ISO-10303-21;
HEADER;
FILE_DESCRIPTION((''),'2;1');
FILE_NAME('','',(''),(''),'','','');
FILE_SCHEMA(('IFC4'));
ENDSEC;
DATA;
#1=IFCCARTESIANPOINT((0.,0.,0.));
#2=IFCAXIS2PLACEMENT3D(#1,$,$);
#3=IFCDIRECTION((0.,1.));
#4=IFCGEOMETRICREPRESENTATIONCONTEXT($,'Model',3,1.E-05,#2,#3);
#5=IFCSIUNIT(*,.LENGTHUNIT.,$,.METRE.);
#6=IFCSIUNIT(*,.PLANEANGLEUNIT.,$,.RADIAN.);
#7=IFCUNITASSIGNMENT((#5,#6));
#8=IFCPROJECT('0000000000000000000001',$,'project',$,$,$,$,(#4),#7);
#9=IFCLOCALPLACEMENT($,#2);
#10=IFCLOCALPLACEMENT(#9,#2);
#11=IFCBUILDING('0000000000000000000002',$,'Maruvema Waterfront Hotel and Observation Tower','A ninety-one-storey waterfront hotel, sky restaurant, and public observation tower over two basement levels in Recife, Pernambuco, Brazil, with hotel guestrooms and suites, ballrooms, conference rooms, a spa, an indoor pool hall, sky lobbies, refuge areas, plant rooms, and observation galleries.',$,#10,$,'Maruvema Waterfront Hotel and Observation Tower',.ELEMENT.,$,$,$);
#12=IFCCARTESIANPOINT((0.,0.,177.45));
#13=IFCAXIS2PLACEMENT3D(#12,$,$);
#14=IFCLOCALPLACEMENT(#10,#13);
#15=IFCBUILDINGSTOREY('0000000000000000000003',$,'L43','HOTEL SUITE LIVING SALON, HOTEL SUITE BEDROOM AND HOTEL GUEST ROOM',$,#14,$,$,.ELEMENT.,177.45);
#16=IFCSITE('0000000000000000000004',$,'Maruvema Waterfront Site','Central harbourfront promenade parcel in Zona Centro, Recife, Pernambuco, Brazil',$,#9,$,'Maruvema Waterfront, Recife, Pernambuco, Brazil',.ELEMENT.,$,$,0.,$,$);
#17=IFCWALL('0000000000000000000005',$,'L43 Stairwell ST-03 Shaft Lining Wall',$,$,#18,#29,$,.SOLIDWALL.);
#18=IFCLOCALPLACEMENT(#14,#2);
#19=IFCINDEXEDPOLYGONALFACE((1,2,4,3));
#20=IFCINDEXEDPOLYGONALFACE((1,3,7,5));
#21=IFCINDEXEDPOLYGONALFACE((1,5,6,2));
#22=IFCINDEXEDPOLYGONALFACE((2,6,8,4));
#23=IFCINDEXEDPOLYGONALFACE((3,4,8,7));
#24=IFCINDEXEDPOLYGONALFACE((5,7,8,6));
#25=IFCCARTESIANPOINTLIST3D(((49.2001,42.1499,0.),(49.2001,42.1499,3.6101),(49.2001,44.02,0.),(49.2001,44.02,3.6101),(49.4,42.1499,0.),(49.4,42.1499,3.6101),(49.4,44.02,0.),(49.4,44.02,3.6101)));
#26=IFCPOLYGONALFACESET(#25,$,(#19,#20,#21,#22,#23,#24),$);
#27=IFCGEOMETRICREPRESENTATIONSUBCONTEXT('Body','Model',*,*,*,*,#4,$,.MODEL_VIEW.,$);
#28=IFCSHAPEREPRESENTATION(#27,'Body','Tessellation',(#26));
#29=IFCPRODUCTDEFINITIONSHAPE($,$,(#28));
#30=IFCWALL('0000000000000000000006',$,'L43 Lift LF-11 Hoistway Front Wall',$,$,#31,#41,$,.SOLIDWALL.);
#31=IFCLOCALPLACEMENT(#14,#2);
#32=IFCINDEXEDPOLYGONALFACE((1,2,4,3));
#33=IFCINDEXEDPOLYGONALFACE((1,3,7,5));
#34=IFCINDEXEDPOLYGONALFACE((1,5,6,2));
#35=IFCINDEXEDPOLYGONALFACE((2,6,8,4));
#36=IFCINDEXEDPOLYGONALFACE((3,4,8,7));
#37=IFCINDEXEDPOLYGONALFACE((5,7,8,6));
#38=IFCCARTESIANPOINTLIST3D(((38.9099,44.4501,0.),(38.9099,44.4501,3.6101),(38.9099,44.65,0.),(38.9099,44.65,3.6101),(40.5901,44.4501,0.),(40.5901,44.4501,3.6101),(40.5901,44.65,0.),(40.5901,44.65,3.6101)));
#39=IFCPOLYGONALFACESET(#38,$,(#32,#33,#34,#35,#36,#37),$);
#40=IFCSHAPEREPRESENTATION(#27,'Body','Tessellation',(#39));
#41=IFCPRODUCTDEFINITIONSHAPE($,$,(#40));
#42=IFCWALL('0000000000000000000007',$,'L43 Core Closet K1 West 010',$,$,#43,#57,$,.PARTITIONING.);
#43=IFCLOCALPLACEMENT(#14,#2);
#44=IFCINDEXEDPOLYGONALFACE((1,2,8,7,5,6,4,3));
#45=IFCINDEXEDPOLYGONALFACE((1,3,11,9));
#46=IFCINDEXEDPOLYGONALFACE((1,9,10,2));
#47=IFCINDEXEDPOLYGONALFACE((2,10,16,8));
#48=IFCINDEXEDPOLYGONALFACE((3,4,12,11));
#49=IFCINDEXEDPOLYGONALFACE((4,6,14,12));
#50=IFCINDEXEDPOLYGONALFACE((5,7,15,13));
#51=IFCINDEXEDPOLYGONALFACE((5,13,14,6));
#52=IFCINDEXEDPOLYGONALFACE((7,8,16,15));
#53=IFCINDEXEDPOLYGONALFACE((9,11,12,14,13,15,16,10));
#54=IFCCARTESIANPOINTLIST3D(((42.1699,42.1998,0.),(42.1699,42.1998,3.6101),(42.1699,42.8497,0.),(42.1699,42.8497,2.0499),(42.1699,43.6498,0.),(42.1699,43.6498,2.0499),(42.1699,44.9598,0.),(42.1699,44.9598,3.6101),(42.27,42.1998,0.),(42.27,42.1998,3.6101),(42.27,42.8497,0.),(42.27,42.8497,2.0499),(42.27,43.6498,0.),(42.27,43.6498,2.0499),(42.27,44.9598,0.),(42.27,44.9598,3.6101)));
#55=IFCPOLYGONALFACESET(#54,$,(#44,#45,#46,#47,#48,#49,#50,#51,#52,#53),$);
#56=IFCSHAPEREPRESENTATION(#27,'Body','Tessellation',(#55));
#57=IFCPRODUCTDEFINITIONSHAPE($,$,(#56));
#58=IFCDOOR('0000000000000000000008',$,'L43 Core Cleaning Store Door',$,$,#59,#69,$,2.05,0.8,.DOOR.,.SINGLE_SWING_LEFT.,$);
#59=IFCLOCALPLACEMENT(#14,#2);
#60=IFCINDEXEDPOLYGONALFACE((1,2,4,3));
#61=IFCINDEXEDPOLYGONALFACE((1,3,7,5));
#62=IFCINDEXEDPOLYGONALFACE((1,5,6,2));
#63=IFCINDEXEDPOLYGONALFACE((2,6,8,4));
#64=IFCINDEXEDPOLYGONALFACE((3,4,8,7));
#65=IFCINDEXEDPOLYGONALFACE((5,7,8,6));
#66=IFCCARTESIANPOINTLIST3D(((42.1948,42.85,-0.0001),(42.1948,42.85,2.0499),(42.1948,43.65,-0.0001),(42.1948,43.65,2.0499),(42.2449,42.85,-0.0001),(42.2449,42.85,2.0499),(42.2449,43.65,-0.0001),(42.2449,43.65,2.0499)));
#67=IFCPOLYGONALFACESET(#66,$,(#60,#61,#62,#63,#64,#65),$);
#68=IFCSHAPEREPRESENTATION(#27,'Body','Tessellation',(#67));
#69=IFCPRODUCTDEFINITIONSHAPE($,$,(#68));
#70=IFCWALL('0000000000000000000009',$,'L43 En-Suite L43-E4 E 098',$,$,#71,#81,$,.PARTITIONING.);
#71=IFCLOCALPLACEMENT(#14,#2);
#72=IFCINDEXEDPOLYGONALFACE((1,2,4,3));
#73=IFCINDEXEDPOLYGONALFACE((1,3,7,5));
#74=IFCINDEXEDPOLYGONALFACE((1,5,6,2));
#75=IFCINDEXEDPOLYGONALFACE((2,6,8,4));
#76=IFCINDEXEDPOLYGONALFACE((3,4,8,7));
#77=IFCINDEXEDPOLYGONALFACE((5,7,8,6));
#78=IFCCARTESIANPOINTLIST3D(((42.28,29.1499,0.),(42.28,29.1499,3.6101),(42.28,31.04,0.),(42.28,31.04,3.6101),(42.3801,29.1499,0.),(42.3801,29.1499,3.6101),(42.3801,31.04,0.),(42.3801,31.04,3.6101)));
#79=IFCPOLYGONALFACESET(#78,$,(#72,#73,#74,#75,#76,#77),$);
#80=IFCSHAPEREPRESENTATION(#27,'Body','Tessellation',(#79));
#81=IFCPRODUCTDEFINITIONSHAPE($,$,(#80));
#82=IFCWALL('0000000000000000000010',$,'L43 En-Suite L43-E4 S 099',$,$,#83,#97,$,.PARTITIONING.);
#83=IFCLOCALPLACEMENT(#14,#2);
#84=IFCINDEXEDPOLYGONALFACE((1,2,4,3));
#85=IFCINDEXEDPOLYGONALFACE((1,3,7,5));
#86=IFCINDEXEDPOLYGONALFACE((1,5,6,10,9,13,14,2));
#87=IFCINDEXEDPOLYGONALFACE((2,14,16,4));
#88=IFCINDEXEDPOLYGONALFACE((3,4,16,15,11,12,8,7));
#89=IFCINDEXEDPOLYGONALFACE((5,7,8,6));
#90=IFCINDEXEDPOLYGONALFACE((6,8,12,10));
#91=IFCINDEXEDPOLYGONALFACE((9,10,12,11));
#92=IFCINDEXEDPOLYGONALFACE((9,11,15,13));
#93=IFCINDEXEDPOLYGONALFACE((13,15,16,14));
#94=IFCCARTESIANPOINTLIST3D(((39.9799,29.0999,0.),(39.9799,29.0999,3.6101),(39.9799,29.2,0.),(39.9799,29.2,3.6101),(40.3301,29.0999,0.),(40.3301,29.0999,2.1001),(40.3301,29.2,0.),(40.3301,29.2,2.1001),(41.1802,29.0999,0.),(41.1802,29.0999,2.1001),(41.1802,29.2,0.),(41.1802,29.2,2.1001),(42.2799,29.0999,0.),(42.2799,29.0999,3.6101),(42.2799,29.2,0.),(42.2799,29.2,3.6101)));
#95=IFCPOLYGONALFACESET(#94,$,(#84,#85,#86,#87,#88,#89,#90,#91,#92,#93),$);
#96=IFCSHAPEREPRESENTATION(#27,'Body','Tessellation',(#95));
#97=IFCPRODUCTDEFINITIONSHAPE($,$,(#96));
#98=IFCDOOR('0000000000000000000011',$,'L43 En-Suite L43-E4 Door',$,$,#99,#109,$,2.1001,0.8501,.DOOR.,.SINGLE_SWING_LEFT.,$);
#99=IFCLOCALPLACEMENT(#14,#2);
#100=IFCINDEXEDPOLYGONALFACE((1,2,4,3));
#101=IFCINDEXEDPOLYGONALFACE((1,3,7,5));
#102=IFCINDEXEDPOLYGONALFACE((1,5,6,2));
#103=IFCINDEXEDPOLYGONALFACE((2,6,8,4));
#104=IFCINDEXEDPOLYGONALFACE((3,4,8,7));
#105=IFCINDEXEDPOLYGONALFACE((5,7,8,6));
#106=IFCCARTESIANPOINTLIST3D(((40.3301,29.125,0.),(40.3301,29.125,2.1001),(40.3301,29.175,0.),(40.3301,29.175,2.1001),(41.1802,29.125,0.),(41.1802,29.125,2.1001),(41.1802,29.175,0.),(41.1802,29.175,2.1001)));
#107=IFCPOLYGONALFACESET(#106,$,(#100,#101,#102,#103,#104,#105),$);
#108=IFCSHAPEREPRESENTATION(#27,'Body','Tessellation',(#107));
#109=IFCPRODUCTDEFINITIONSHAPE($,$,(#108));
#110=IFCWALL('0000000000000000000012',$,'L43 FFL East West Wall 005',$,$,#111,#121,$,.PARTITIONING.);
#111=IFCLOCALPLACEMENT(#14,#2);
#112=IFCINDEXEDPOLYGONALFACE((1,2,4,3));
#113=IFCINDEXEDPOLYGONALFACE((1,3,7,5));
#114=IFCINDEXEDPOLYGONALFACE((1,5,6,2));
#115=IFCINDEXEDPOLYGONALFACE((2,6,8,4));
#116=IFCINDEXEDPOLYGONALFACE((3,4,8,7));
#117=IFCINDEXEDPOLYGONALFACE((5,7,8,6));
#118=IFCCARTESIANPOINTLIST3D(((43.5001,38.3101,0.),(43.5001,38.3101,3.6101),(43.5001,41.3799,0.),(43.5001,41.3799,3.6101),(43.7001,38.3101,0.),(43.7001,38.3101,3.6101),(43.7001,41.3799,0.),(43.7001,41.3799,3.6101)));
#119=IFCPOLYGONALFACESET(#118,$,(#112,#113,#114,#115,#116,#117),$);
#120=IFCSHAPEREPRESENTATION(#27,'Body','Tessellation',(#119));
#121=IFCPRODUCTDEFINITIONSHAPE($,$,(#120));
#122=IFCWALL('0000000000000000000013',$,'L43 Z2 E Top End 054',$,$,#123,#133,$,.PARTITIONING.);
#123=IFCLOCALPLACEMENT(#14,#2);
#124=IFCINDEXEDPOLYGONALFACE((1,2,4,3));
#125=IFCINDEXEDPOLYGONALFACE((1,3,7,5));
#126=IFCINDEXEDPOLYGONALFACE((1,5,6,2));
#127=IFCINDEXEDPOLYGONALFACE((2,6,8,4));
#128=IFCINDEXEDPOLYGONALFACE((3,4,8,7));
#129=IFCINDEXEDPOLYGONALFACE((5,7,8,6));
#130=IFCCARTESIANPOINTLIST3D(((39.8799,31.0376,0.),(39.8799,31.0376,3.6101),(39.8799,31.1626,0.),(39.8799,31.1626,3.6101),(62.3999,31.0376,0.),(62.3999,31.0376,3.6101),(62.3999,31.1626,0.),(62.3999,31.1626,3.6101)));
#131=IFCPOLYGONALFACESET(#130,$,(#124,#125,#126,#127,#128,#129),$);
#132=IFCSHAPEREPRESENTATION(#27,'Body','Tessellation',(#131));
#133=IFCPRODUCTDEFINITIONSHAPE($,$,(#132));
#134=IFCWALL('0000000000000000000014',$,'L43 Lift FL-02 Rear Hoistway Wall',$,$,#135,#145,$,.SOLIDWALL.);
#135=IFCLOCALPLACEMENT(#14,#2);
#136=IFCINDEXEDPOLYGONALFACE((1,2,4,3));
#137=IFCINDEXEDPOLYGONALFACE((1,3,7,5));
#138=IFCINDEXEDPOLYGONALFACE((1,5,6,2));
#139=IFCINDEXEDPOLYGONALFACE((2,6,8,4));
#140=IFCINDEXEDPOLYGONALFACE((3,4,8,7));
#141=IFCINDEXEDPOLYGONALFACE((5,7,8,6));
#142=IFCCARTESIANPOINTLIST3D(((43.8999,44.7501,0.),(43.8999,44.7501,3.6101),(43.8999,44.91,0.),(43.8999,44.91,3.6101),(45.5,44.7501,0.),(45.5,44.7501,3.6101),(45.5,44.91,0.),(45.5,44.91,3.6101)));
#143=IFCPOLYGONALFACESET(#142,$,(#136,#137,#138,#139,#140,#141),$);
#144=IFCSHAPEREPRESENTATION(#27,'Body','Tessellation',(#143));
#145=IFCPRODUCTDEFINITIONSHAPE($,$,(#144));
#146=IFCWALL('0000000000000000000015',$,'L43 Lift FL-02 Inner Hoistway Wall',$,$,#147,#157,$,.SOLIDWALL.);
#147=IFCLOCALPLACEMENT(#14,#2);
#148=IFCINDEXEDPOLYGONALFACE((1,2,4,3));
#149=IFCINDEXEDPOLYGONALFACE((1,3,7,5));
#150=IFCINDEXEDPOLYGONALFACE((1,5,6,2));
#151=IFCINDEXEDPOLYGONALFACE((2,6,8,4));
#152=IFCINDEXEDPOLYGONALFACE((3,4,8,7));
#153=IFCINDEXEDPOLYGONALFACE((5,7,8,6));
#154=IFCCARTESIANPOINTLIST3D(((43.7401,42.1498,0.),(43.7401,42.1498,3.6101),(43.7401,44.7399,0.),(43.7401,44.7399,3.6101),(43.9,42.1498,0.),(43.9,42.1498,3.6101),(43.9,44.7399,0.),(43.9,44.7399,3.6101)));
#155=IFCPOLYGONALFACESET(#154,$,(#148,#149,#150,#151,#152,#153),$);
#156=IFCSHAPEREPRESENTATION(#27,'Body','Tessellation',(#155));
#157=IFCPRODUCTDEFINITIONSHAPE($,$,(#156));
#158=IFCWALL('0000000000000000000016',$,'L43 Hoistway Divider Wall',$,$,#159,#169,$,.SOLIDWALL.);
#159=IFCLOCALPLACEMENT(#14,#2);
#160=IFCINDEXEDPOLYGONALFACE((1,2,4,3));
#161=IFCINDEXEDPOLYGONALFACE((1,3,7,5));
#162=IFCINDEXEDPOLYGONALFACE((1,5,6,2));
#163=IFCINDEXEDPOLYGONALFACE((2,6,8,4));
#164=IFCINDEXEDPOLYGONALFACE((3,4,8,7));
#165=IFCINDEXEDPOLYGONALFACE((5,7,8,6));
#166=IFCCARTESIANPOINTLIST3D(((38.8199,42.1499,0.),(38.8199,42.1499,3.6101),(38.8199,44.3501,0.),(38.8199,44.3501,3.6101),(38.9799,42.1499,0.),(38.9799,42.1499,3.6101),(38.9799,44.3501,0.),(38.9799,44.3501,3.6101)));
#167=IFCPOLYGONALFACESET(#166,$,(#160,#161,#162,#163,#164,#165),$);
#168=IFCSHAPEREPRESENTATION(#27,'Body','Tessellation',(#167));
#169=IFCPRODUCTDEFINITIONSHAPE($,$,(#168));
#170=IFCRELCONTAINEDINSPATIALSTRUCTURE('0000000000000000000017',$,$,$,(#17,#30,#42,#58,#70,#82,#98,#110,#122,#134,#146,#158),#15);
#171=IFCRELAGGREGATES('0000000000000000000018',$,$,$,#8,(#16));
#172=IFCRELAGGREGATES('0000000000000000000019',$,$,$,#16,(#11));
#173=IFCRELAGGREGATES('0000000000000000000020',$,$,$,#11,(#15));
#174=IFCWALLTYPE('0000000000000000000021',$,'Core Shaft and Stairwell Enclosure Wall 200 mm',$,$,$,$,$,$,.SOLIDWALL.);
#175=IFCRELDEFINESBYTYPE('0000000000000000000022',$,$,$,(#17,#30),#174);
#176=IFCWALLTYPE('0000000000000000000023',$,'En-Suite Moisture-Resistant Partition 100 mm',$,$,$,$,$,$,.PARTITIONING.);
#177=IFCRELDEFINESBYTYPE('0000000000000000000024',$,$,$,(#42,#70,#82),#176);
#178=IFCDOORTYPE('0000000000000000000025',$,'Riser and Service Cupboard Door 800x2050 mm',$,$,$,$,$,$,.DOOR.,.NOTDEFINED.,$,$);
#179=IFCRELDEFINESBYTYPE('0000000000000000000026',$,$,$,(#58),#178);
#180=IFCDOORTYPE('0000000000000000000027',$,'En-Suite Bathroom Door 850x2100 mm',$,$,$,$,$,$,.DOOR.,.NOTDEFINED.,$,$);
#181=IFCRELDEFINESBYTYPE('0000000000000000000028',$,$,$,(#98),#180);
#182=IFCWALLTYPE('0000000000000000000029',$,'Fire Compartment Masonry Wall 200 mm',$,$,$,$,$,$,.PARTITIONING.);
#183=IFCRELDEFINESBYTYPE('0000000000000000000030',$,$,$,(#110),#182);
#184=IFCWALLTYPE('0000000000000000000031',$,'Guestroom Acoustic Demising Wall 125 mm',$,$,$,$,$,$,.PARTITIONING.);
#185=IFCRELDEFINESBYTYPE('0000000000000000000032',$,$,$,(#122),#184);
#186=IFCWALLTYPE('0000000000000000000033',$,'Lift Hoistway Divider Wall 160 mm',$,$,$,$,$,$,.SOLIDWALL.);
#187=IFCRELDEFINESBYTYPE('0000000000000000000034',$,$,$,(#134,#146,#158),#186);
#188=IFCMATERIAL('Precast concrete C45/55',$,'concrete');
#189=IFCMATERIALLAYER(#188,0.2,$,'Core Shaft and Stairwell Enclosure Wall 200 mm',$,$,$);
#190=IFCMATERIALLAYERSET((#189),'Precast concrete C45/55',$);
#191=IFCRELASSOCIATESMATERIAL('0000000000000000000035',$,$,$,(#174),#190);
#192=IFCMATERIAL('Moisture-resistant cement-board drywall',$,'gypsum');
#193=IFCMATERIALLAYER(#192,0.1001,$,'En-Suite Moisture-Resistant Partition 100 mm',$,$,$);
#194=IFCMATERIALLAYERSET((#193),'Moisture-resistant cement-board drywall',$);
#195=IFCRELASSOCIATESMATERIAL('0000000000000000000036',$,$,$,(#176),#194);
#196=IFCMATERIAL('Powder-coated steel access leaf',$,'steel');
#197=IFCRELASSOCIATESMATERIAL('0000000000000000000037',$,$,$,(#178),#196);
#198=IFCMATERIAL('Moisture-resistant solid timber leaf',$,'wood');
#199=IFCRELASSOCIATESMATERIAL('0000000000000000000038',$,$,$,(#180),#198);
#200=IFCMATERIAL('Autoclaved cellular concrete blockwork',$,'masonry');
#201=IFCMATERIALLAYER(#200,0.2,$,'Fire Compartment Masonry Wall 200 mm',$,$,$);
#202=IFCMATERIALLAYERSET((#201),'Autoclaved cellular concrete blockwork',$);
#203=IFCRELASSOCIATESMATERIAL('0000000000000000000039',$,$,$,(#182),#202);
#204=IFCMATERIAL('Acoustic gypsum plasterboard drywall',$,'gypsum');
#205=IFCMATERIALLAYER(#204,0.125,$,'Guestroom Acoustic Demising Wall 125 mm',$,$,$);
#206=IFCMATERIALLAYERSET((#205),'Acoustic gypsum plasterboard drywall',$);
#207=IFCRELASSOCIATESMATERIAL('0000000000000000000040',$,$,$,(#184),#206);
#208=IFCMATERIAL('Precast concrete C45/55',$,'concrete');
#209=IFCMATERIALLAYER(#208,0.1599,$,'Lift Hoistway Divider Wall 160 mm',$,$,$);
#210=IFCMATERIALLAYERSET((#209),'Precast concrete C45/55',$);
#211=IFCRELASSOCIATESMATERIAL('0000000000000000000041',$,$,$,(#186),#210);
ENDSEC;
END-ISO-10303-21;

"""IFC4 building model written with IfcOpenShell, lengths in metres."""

from ifc_helpers import new_model, si_unit, direction, frame, frame_2d, origin, place, context, subcontext, project, spatial, rectangle, extrude, material, layer, layer_set, type_object, element, fill, save


model = new_model("IFC4")

# Units and contexts
model_context = context("Model", 3, precision=1e-05, world=origin(), true_north=direction((0.0, 1.0)))
body_context = subcontext(model_context, "Body", "Model", "MODEL_VIEW")
ifc_project = project(units=[si_unit("LENGTHUNIT", "METRE"), si_unit("PLANEANGLEUNIT", "RADIAN")], contexts=[model_context])

# Site, building, storey
site_placement = place(None, origin())
site = spatial("IfcSite", under=ifc_project, at=site_placement, Name="Maruvema Waterfront Site", Description="Central harbourfront promenade parcel in Zona Centro, Recife, Pernambuco, Brazil", LongName="Maruvema Waterfront, Recife, Pernambuco, Brazil", CompositionType="ELEMENT", RefElevation=0.0)
building_placement = place(site_placement, origin())
building = spatial("IfcBuilding", under=site, at=building_placement, Name="Maruvema Waterfront Hotel and Observation Tower", Description="A ninety-one-storey waterfront hotel, sky restaurant, and public observation tower over two basement levels in Recife, Pernambuco, Brazil, with hotel guestrooms and suites, ballrooms, conference rooms, a spa, an indoor pool hall, sky lobbies, refuge areas, plant rooms, and observation galleries.", LongName="Maruvema Waterfront Hotel and Observation Tower", CompositionType="ELEMENT")
storey_placement = place(building_placement, frame((0.0, 0.0, 177.45)))
storey = spatial("IfcBuildingStorey", under=building, at=storey_placement, Name="L43", Description="HOTEL SUITE LIVING SALON, HOTEL SUITE BEDROOM AND HOTEL GUEST ROOM", CompositionType="ELEMENT", Elevation=177.45)

# Walls
ifc_material_1 = material(Name="Precast concrete C45/55", Category="concrete")
ifc_layer_1 = layer(ifc_material_1, 0.2, Name="Core Shaft and Stairwell Enclosure Wall 200 mm")
ifc_layer_set_1 = layer_set([ifc_layer_1], Name="Precast concrete C45/55")
wall_type_1 = type_object("IfcWallType", Name="Core Shaft and Stairwell Enclosure Wall 200 mm", PredefinedType="SOLIDWALL", material=ifc_layer_set_1)
wall_1_placement = place(storey_placement, frame((49.3, 42.1499, 0.0), z_axis=(0.0, 0.0, 1.0), x_axis=(0.0, 1.0, 0.0)))
element("IfcWall", 1, at=wall_1_placement, inside=storey, type_object=wall_type_1, Name="L43 Stairwell ST-03 Shaft Lining Wall", PredefinedType="SOLIDWALL", context=body_context, shape_type="SweptSolid", body=[
    extrude(rectangle(XDim=1.8701, YDim=0.2, at=frame_2d((0.9351, 0.0))), origin(), (0.0, 0.0, 1.0), 3.6101),
])
wall_2_placement = place(storey_placement, frame((38.9099, 44.55, 0.0), z_axis=(0.0, 0.0, 1.0), x_axis=(1.0, 0.0, 0.0)))
element("IfcWall", 2, at=wall_2_placement, inside=storey, type_object=wall_type_1, Name="L43 Lift LF-11 Hoistway Front Wall", PredefinedType="SOLIDWALL", context=body_context, shape_type="SweptSolid", body=[
    extrude(rectangle(XDim=1.6802, YDim=0.2, at=frame_2d((0.8401, 0.0))), origin(), (0.0, 0.0, 1.0), 3.6101),
])

# Wall, opening, door
ifc_material_2 = material(Name="Moisture-resistant cement-board drywall", Category="gypsum")
ifc_layer_2 = layer(ifc_material_2, 0.1001, Name="En-Suite Moisture-Resistant Partition 100 mm")
ifc_layer_set_2 = layer_set([ifc_layer_2], Name="Moisture-resistant cement-board drywall")
wall_type_2 = type_object("IfcWallType", Name="En-Suite Moisture-Resistant Partition 100 mm", PredefinedType="PARTITIONING", material=ifc_layer_set_2)
wall_3_placement = place(storey_placement, frame((42.22, 42.2, 0.0), z_axis=(0.0, 0.0, 1.0), x_axis=(0.0, 1.0, 0.0)))
wall_3 = element("IfcWall", 3, at=wall_3_placement, inside=storey, type_object=wall_type_2, Name="L43 Core Closet K1 West 010", PredefinedType="PARTITIONING", context=body_context, shape_type="SweptSolid", body=[
    extrude(rectangle(XDim=2.76, YDim=0.1001, at=frame_2d((1.3799, 0.0))), origin(), (0.0, 0.0, 1.0), 3.6101),
])
opening_1_placement = place(wall_3_placement, frame((0.6499, 0.0, 0.0)))
opening_1 = element("IfcOpeningElement", 4, at=opening_1_placement, cuts=wall_3, PredefinedType="OPENING", context=body_context, shape_type="SweptSolid", body=[
    extrude(rectangle(XDim=0.8, YDim=2.05, at=frame_2d((0.3999, 1.0249))), frame((0.0, 0.0601, 0.0), z_axis=(0.0, -1.0, 0.0), x_axis=(1.0, 0.0, 0.0)), (0.0, 0.0, 1.0), 0.1201),
])
ifc_material_3 = material(Name="Powder-coated steel access leaf", Category="steel")
door_type_1 = type_object("IfcDoorType", Name="Riser and Service Cupboard Door 800x2050 mm", OperationType="NOTDEFINED", PredefinedType="DOOR", material=ifc_material_3)
door_1_placement = place(opening_1_placement, frame((0.8, 0.0, 0.0), z_axis=(0.0, 0.0, 1.0), x_axis=(-1.0, 0.0, 0.0)))
door_1 = element("IfcDoor", 5, at=door_1_placement, inside=storey, type_object=door_type_1, Name="L43 Core Cleaning Store Door", OperationType="SINGLE_SWING_LEFT", OverallHeight=2.05, OverallWidth=0.8, PredefinedType="DOOR", context=body_context, shape_type="SweptSolid", body=[
    extrude(rectangle(XDim=0.8, YDim=2.05, at=frame_2d((0.3999, 1.0249))), frame((0.0, 0.0249, 0.0), z_axis=(0.0, -1.0, 0.0), x_axis=(1.0, 0.0, 0.0)), (0.0, 0.0, 1.0), 0.05),
])
fill(opening_1, door_1)

# Wall
wall_4_placement = place(storey_placement, frame((42.3301, 29.1499, 0.0), z_axis=(0.0, 0.0, 1.0), x_axis=(0.0, 1.0, 0.0)))
element("IfcWall", 6, at=wall_4_placement, inside=storey, type_object=wall_type_2, Name="L43 En-Suite L43-E4 E 098", PredefinedType="PARTITIONING", context=body_context, shape_type="SweptSolid", body=[
    extrude(rectangle(XDim=1.8901, YDim=0.1001, at=frame_2d((0.9451, 0.0))), origin(), (0.0, 0.0, 1.0), 3.6101),
])

# Wall, opening, door
wall_5_placement = place(storey_placement, frame((39.98, 29.1499, 0.0), z_axis=(0.0, 0.0, 1.0), x_axis=(1.0, 0.0, 0.0)))
wall_5 = element("IfcWall", 7, at=wall_5_placement, inside=storey, type_object=wall_type_2, Name="L43 En-Suite L43-E4 S 099", PredefinedType="PARTITIONING", context=body_context, shape_type="SweptSolid", body=[
    extrude(rectangle(XDim=2.3, YDim=0.1001, at=frame_2d((1.1499, 0.0))), origin(), (0.0, 0.0, 1.0), 3.6101),
])
opening_2_placement = place(wall_5_placement, frame((0.3501, 0.0, 0.0)))
opening_2 = element("IfcOpeningElement", 8, at=opening_2_placement, cuts=wall_5, PredefinedType="OPENING", context=body_context, shape_type="SweptSolid", body=[
    extrude(rectangle(XDim=0.8501, YDim=2.1001, at=frame_2d((0.425, 1.05))), frame((0.0, 0.0601, 0.0), z_axis=(0.0, -1.0, 0.0), x_axis=(1.0, 0.0, 0.0)), (0.0, 0.0, 1.0), 0.1201),
])
ifc_material_4 = material(Name="Moisture-resistant solid timber leaf", Category="wood")
door_type_2 = type_object("IfcDoorType", Name="En-Suite Bathroom Door 850x2100 mm", OperationType="NOTDEFINED", PredefinedType="DOOR", material=ifc_material_4)
door_2_placement = place(opening_2_placement, frame((0.8501, 0.0, 0.0), z_axis=(0.0, 0.0, 1.0), x_axis=(-1.0, 0.0, 0.0)))
door_2 = element("IfcDoor", 9, at=door_2_placement, inside=storey, type_object=door_type_2, Name="L43 En-Suite L43-E4 Door", OperationType="SINGLE_SWING_LEFT", OverallHeight=2.1001, OverallWidth=0.8501, PredefinedType="DOOR", context=body_context, shape_type="SweptSolid", body=[
    extrude(rectangle(XDim=0.8501, YDim=2.1001, at=frame_2d((0.425, 1.05))), frame((0.0, 0.0249, 0.0), z_axis=(0.0, -1.0, 0.0), x_axis=(1.0, 0.0, 0.0)), (0.0, 0.0, 1.0), 0.05),
])
fill(opening_2, door_2)
ifc_material_5 = material(Name="Autoclaved cellular concrete blockwork", Category="masonry")
ifc_layer_3 = layer(ifc_material_5, 0.2, Name="Fire Compartment Masonry Wall 200 mm")
ifc_layer_set_3 = layer_set([ifc_layer_3], Name="Autoclaved cellular concrete blockwork")
wall_type_3 = type_object("IfcWallType", Name="Fire Compartment Masonry Wall 200 mm", PredefinedType="PARTITIONING", material=ifc_layer_set_3)

# Walls
wall_6_placement = place(storey_placement, frame((43.6001, 38.3101, 0.0), z_axis=(0.0, 0.0, 1.0), x_axis=(0.0, 1.0, 0.0)))
element("IfcWall", 10, at=wall_6_placement, inside=storey, type_object=wall_type_3, Name="L43 FFL East West Wall 005", PredefinedType="PARTITIONING", context=body_context, shape_type="SweptSolid", body=[
    extrude(rectangle(XDim=3.0698, YDim=0.2, at=frame_2d((1.5349, 0.0))), origin(), (0.0, 0.0, 1.0), 3.6101),
])
ifc_material_6 = material(Name="Acoustic gypsum plasterboard drywall", Category="gypsum")
ifc_layer_4 = layer(ifc_material_6, 0.125, Name="Guestroom Acoustic Demising Wall 125 mm")
ifc_layer_set_4 = layer_set([ifc_layer_4], Name="Acoustic gypsum plasterboard drywall")
wall_type_4 = type_object("IfcWallType", Name="Guestroom Acoustic Demising Wall 125 mm", PredefinedType="PARTITIONING", material=ifc_layer_set_4)
wall_7_placement = place(storey_placement, frame((39.8799, 31.1001, 0.0), z_axis=(0.0, 0.0, 1.0), x_axis=(1.0, 0.0, 0.0)))
element("IfcWall", 11, at=wall_7_placement, inside=storey, type_object=wall_type_4, Name="L43 Z2 E Top End 054", PredefinedType="PARTITIONING", context=body_context, shape_type="SweptSolid", body=[
    extrude(rectangle(XDim=22.52, YDim=0.125, at=frame_2d((11.26, 0.0))), origin(), (0.0, 0.0, 1.0), 3.6101),
])
ifc_material_7 = material(Name="Precast concrete C45/55", Category="concrete")
ifc_layer_5 = layer(ifc_material_7, 0.1599, Name="Lift Hoistway Divider Wall 160 mm")
ifc_layer_set_5 = layer_set([ifc_layer_5], Name="Precast concrete C45/55")
wall_type_5 = type_object("IfcWallType", Name="Lift Hoistway Divider Wall 160 mm", PredefinedType="SOLIDWALL", material=ifc_layer_set_5)
wall_8_placement = place(storey_placement, frame((43.8999, 44.8301, 0.0), z_axis=(0.0, 0.0, 1.0), x_axis=(1.0, 0.0, 0.0)))
element("IfcWall", 12, at=wall_8_placement, inside=storey, type_object=wall_type_5, Name="L43 Lift FL-02 Rear Hoistway Wall", PredefinedType="SOLIDWALL", context=body_context, shape_type="SweptSolid", body=[
    extrude(rectangle(XDim=1.6001, YDim=0.1599, at=frame_2d((0.8, 0.0))), origin(), (0.0, 0.0, 1.0), 3.6101),
])
wall_9_placement = place(storey_placement, frame((43.8201, 42.1499, 0.0), z_axis=(0.0, 0.0, 1.0), x_axis=(0.0, 1.0, 0.0)))
element("IfcWall", 13, at=wall_9_placement, inside=storey, type_object=wall_type_5, Name="L43 Lift FL-02 Inner Hoistway Wall", PredefinedType="SOLIDWALL", context=body_context, shape_type="SweptSolid", body=[
    extrude(rectangle(XDim=2.5901, YDim=0.1599, at=frame_2d((1.2949, 0.0))), origin(), (0.0, 0.0, 1.0), 3.6101),
])
for number, where, z_axis, x_axis, name in (
    (14, (38.8999, 42.1499, 0.0), (0.0, 0.0, 1.0), (0.0, 1.0, 0.0), "L43 Hoistway Divider Wall"),
):
    element("IfcWall", number, at=place(storey_placement, frame(where, z_axis=z_axis, x_axis=x_axis)), inside=storey, type_object=wall_type_5, Name=name, PredefinedType="SOLIDWALL", context=body_context, shape_type="SweptSolid", body=[
        extrude(rectangle(XDim=2.2002, YDim=0.1599, at=frame_2d((1.1001, 0.0))), origin(), (0.0, 0.0, 1.0), 3.6101),
    ])

save(model, "model.ifc")
